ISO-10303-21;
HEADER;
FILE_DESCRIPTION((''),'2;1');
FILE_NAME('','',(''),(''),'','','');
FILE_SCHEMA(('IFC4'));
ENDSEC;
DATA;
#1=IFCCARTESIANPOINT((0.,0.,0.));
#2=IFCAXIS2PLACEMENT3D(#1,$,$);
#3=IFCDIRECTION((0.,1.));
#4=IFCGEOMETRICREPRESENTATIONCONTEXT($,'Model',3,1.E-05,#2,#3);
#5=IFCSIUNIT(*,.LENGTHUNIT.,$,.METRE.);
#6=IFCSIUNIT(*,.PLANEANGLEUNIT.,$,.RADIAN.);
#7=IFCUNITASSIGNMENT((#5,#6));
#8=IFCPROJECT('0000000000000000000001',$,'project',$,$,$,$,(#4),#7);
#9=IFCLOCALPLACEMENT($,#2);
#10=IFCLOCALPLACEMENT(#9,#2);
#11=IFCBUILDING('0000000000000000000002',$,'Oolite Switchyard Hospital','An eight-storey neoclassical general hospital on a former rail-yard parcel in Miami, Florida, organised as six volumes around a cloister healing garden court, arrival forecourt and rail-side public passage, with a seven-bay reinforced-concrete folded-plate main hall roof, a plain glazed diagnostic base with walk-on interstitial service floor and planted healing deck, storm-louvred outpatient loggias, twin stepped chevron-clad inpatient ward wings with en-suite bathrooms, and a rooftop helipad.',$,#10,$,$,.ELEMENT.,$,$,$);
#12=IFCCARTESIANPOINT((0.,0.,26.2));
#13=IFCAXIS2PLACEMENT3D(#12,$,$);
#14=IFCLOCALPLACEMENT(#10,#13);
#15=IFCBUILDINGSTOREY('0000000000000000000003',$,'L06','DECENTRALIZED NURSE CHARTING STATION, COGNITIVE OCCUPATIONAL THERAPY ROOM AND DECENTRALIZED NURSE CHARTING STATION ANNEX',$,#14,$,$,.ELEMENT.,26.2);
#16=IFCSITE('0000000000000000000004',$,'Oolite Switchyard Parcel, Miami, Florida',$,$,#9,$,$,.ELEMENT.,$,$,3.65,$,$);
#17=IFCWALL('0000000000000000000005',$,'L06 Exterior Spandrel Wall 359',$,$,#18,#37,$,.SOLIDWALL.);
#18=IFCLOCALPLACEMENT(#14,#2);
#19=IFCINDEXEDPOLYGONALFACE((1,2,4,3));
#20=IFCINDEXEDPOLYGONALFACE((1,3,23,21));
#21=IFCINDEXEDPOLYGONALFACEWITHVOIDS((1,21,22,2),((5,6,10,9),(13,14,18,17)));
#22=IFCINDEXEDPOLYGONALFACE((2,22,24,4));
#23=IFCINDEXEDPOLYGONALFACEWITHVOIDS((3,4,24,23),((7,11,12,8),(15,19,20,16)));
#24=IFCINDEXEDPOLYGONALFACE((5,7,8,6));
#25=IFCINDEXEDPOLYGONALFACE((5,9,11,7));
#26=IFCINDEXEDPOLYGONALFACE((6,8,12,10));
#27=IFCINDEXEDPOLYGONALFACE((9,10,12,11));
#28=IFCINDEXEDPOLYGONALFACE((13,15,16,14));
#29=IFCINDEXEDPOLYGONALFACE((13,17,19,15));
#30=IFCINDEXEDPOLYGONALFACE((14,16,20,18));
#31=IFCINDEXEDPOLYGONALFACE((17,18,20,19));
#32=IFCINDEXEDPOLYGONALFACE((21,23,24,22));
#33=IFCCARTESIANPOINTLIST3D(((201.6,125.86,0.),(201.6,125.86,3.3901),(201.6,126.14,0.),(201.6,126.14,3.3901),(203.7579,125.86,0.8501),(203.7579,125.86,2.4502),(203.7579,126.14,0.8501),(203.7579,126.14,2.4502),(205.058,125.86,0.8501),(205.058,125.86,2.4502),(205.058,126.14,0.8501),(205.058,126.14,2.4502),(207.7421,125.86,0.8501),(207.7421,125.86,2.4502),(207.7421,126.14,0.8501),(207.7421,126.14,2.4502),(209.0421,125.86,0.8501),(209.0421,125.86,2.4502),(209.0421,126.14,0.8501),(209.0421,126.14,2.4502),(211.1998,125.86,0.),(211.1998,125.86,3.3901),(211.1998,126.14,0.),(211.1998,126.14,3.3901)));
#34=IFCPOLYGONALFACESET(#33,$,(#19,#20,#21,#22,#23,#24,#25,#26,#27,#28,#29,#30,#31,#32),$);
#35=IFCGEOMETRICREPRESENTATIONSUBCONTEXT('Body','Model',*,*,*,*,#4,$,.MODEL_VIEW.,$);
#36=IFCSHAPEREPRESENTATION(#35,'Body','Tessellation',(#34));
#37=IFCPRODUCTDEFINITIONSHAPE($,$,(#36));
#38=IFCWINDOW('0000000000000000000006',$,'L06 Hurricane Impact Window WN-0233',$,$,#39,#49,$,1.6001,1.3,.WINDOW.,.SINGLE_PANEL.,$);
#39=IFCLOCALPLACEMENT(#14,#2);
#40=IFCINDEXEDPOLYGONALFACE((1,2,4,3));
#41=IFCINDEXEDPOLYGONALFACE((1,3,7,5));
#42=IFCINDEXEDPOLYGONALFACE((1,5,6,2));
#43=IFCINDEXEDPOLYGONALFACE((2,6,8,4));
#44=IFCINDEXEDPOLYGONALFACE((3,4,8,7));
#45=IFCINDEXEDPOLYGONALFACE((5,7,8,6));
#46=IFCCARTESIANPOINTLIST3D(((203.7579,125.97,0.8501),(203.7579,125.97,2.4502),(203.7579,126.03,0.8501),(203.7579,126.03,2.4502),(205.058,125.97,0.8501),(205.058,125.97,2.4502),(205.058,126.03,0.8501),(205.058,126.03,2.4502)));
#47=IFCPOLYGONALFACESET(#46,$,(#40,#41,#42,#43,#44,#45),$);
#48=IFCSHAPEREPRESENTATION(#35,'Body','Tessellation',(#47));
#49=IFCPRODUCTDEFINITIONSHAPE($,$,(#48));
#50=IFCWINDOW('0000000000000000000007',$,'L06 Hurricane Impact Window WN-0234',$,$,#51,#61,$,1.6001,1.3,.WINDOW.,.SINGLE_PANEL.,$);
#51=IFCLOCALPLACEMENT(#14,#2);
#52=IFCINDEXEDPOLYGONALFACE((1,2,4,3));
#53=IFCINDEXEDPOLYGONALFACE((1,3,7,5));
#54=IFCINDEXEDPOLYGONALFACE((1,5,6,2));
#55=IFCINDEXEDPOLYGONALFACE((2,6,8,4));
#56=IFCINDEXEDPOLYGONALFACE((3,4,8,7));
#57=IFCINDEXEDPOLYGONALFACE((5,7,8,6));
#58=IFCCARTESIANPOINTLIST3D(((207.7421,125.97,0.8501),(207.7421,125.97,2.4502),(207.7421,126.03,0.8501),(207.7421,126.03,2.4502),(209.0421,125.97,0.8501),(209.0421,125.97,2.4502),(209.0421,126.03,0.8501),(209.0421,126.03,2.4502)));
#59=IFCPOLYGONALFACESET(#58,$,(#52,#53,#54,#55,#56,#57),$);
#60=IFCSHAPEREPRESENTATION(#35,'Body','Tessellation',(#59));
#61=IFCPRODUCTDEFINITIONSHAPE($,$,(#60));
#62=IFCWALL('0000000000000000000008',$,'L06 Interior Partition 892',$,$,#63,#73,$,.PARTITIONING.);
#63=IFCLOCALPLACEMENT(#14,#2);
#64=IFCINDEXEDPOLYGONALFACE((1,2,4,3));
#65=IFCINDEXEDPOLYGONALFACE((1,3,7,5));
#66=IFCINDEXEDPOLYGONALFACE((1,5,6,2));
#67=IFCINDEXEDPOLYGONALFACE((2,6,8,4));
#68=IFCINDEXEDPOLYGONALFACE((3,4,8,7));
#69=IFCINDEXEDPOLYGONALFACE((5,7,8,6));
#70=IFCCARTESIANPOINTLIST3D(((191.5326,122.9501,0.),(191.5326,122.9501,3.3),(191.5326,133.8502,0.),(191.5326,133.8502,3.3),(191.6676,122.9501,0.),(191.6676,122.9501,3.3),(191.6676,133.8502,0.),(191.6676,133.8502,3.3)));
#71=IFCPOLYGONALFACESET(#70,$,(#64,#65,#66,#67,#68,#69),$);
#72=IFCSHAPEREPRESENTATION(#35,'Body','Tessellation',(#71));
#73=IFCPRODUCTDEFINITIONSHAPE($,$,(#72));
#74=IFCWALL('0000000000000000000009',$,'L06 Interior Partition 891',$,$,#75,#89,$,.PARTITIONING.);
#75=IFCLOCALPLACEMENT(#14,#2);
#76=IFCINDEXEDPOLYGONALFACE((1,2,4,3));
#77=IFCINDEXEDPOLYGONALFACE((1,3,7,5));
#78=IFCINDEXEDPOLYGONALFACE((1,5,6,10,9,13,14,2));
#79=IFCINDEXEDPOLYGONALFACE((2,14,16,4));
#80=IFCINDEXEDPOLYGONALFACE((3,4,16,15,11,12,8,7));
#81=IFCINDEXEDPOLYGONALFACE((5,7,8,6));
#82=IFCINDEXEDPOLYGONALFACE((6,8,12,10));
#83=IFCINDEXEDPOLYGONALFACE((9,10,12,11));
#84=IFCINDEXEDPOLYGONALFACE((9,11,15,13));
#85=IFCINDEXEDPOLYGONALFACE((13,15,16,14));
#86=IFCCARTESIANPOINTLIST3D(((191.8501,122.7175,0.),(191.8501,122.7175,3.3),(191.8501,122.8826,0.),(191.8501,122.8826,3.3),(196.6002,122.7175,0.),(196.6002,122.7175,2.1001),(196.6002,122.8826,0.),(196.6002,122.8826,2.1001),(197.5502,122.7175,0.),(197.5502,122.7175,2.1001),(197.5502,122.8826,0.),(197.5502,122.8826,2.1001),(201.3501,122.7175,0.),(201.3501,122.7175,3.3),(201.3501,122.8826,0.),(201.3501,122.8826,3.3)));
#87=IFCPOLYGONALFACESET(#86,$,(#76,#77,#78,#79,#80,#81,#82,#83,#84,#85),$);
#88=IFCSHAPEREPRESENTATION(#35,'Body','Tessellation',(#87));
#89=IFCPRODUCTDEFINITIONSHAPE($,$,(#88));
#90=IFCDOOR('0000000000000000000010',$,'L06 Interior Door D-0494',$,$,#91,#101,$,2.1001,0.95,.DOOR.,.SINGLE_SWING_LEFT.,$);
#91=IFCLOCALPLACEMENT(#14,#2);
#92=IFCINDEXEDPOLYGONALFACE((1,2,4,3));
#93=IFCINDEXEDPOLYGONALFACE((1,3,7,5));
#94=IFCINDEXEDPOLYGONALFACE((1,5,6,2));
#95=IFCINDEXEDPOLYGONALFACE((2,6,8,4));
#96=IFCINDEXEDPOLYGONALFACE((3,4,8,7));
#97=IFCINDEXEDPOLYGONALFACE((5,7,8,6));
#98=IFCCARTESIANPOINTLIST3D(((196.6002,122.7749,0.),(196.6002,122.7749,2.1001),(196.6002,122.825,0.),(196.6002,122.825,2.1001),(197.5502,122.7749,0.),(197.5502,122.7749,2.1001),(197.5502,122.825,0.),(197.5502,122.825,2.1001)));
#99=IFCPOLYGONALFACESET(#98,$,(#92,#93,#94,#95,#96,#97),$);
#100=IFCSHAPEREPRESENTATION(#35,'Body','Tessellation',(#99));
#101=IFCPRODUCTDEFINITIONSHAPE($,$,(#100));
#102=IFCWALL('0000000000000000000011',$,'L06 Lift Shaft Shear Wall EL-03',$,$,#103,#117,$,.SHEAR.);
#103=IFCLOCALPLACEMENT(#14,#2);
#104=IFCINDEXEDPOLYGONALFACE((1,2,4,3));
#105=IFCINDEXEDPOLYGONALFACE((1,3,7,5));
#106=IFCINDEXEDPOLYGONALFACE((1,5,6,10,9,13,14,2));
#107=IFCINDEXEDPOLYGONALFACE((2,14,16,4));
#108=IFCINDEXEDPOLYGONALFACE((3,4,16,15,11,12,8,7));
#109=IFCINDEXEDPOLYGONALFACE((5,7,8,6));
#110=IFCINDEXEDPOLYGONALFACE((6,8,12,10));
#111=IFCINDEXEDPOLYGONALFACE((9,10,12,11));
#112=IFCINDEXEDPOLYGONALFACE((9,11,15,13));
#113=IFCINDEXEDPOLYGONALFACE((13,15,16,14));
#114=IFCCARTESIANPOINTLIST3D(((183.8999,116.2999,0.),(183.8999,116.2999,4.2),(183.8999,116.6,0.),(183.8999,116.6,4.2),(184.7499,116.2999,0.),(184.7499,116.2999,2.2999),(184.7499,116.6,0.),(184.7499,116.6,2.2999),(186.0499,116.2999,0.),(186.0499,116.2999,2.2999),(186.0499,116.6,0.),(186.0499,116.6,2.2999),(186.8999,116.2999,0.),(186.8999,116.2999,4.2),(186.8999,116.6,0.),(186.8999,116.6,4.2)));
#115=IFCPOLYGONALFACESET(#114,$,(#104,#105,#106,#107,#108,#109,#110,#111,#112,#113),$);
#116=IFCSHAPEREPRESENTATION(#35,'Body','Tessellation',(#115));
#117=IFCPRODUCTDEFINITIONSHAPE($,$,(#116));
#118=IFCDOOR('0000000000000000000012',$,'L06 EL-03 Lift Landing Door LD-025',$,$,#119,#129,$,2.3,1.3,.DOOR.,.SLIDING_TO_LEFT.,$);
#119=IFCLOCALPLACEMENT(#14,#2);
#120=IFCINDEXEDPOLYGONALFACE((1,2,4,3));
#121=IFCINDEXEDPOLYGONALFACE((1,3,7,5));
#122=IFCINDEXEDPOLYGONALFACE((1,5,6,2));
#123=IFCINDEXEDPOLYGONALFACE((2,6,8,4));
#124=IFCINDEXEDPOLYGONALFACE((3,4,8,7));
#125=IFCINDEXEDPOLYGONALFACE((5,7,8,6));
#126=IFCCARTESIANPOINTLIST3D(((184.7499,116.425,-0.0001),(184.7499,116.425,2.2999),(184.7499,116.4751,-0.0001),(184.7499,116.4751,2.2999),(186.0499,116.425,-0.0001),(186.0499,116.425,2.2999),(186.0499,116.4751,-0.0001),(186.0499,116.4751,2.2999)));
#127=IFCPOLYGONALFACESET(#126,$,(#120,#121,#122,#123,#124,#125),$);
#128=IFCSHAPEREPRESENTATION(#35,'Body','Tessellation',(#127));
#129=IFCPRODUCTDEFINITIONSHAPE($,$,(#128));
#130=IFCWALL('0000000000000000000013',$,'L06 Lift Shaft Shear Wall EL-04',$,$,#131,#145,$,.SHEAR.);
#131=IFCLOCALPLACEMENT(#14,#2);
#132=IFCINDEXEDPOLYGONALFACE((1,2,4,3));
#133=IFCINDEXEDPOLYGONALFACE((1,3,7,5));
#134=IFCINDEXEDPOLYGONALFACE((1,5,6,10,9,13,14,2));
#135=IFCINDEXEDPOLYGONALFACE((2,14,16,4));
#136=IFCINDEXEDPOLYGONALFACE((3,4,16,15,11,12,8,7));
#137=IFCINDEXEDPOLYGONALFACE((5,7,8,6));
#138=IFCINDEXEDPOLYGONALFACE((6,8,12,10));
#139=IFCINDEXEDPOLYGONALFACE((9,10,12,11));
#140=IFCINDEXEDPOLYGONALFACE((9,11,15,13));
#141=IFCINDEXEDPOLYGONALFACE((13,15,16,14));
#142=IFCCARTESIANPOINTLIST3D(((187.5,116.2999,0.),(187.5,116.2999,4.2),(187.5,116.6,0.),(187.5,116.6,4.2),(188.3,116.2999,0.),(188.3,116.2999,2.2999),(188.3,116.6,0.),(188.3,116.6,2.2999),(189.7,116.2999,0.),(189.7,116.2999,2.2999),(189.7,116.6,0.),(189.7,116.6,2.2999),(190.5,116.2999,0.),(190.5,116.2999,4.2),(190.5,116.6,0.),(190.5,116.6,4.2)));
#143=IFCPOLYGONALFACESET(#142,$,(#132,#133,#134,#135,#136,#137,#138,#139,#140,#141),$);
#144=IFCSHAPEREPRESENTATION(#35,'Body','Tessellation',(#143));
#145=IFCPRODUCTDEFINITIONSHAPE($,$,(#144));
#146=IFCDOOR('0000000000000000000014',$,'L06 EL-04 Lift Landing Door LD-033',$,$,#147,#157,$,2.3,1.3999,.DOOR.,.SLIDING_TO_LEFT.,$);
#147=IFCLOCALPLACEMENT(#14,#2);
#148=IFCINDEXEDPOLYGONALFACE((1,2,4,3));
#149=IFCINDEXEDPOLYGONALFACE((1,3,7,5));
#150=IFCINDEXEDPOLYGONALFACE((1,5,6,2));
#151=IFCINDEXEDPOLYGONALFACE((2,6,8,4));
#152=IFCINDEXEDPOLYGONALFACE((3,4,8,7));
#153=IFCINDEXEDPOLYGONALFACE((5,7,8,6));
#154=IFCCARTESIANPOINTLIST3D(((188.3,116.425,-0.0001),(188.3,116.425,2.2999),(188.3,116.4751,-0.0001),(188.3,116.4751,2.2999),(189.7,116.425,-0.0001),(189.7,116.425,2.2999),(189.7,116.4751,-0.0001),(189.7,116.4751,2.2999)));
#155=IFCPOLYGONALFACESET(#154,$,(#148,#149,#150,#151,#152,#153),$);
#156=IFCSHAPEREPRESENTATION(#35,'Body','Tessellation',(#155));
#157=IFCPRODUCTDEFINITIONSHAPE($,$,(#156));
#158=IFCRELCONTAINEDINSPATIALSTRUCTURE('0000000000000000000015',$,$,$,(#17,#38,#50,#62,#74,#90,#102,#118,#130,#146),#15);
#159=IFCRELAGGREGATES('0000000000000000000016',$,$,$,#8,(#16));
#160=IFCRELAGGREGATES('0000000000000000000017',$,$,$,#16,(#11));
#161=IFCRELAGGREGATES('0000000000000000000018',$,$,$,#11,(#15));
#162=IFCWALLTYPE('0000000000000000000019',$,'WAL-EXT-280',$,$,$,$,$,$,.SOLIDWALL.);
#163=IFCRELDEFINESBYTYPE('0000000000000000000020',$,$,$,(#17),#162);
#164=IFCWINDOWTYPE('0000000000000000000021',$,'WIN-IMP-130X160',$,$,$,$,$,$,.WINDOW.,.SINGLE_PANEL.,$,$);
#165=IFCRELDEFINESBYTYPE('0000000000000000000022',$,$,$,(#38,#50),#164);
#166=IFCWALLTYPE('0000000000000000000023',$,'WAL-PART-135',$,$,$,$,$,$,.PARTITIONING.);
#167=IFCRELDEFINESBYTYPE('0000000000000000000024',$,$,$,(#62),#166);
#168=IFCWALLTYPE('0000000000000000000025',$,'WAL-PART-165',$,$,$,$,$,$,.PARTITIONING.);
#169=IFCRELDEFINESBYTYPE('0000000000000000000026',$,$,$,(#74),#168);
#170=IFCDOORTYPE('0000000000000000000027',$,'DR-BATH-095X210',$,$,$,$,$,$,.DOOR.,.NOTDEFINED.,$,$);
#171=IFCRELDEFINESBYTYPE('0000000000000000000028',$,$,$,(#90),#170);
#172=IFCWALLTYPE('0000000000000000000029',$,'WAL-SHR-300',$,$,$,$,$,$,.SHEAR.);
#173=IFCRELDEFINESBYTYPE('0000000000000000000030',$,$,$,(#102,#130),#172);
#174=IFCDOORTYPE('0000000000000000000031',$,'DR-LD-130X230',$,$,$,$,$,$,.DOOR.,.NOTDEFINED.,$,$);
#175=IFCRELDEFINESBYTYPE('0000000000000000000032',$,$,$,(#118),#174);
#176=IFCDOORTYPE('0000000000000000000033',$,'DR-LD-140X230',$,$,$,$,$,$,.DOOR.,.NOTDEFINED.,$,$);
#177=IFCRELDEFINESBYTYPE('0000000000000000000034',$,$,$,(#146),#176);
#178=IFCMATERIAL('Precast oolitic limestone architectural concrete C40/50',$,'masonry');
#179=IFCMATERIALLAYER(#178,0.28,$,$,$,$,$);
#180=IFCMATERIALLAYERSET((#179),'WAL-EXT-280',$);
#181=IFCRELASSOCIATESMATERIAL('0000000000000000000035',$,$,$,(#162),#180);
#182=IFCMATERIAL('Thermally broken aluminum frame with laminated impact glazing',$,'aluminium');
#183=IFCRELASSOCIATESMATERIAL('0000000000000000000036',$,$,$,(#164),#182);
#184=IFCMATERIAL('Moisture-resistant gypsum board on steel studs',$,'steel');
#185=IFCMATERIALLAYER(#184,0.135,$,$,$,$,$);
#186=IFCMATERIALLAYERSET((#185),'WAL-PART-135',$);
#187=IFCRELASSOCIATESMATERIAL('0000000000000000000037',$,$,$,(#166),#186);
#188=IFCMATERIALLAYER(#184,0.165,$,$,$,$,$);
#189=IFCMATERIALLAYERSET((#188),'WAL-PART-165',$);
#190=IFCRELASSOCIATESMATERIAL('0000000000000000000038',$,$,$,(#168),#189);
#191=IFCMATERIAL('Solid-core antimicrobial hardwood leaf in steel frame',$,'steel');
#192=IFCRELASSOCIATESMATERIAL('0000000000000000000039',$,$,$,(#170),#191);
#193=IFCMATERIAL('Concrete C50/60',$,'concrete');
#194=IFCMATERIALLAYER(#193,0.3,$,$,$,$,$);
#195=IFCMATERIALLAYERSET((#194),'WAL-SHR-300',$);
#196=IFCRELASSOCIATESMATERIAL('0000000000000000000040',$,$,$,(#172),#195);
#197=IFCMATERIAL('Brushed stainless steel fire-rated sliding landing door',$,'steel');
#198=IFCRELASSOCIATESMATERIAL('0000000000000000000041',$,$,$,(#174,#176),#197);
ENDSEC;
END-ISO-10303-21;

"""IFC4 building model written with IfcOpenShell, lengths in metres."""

from ifc_helpers import new_model, si_unit, direction, frame, frame_2d, origin, place, context, subcontext, project, spatial, rectangle, extrude, material, layer, layer_set, type_object, element, fill, save


model = new_model("IFC4")

# Units and contexts
model_context = context("Model", 3, precision=1e-05, world=origin(), true_north=direction((0.0, 1.0)))
body_context = subcontext(model_context, "Body", "Model", "MODEL_VIEW")
ifc_project = project(units=[si_unit("LENGTHUNIT", "METRE"), si_unit("PLANEANGLEUNIT", "RADIAN")], contexts=[model_context])

# Site, building, storey
site_placement = place(None, origin())
site = spatial("IfcSite", under=ifc_project, at=site_placement, Name="Oolite Switchyard Parcel, Miami, Florida", CompositionType="ELEMENT", RefElevation=3.65)
building_placement = place(site_placement, origin())
building = spatial("IfcBuilding", under=site, at=building_placement, Name="Oolite Switchyard Hospital", Description="An eight-storey neoclassical general hospital on a former rail-yard parcel in Miami, Florida, organised as six volumes around a cloister healing garden court, arrival forecourt and rail-side public passage, with a seven-bay reinforced-concrete folded-plate main hall roof, a plain glazed diagnostic base with walk-on interstitial service floor and planted healing deck, storm-louvred outpatient loggias, twin stepped chevron-clad inpatient ward wings with en-suite bathrooms, and a rooftop helipad.", CompositionType="ELEMENT")
storey_placement = place(building_placement, frame((0.0, 0.0, 26.2)))
storey = spatial("IfcBuildingStorey", under=building, at=storey_placement, Name="L06", Description="DECENTRALIZED NURSE CHARTING STATION, COGNITIVE OCCUPATIONAL THERAPY ROOM AND DECENTRALIZED NURSE CHARTING STATION ANNEX", CompositionType="ELEMENT", Elevation=26.2)

# Shared definitions
ifc_material_1 = material(Name="Concrete C50/60", Category="concrete")

# Wall, openings, windows
ifc_material_2 = material(Name="Precast oolitic limestone architectural concrete C40/50", Category="masonry")
ifc_layer_1 = layer(ifc_material_2, 0.28)
ifc_layer_set_1 = layer_set([ifc_layer_1], Name="WAL-EXT-280")
wall_type_1 = type_object("IfcWallType", Name="WAL-EXT-280", PredefinedType="SOLIDWALL", material=ifc_layer_set_1)
wall_1_placement = place(storey_placement, frame((201.6001, 126.0, 0.0), z_axis=(0.0, 0.0, 1.0), x_axis=(1.0, 0.0, 0.0)))
wall_1 = element("IfcWall", 1, at=wall_1_placement, inside=storey, type_object=wall_type_1, Name="L06 Exterior Spandrel Wall 359", PredefinedType="SOLIDWALL", context=body_context, shape_type="SweptSolid", body=[
    extrude(rectangle(XDim=9.5999, YDim=0.28, at=frame_2d((4.7998, 0.0))), origin(), (0.0, 0.0, 1.0), 3.3901),
])
opening_1_placement = place(wall_1_placement, frame((2.158, 0.0, 0.8501)))
opening_1 = element("IfcOpeningElement", 2, at=opening_1_placement, cuts=wall_1, PredefinedType="OPENING", context=body_context, shape_type="SweptSolid", body=[
    extrude(rectangle(XDim=1.3, YDim=1.6001, at=frame_2d((0.6499, 0.8))), frame((0.0, 0.1499, 0.0), z_axis=(0.0, -1.0, 0.0), x_axis=(1.0, 0.0, 0.0)), (0.0, 0.0, 1.0), 0.3),
])
opening_2_placement = place(wall_1_placement, frame((6.1421, 0.0, 0.8501)))
opening_2 = element("IfcOpeningElement", 3, at=opening_2_placement, cuts=wall_1, PredefinedType="OPENING", context=body_context, shape_type="SweptSolid", body=[
    extrude(rectangle(XDim=1.3, YDim=1.6001, at=frame_2d((0.6499, 0.8))), frame((0.0, 0.1499, 0.0), z_axis=(0.0, -1.0, 0.0), x_axis=(1.0, 0.0, 0.0)), (0.0, 0.0, 1.0), 0.3),
])
ifc_material_3 = material(Name="Thermally broken aluminum frame with laminated impact glazing", Category="aluminium")
window_type = type_object("IfcWindowType", Name="WIN-IMP-130X160", PartitioningType="SINGLE_PANEL", PredefinedType="WINDOW", material=ifc_material_3)
window_1_placement = place(opening_1_placement, origin())
window_1 = element("IfcWindow", 4, at=window_1_placement, inside=storey, type_object=window_type, Name="L06 Hurricane Impact Window WN-0233", OverallHeight=1.6001, OverallWidth=1.3, PartitioningType="SINGLE_PANEL", PredefinedType="WINDOW", context=body_context, shape_type="SweptSolid", body=[
    extrude(rectangle(XDim=1.3, YDim=1.6001, at=frame_2d((0.6499, 0.8))), frame((0.0, 0.03, 0.0), z_axis=(0.0, -1.0, 0.0), x_axis=(1.0, 0.0, 0.0)), (0.0, 0.0, 1.0), 0.0601),
])
fill(opening_1, window_1)
window_2_placement = place(opening_2_placement, origin())
window_2 = element("IfcWindow", 5, at=window_2_placement, inside=storey, type_object=window_type, Name="L06 Hurricane Impact Window WN-0234", OverallHeight=1.6001, OverallWidth=1.3, PartitioningType="SINGLE_PANEL", PredefinedType="WINDOW", context=body_context, shape_type="SweptSolid", body=[
    extrude(rectangle(XDim=1.3, YDim=1.6001, at=frame_2d((0.6499, 0.8))), frame((0.0, 0.03, 0.0), z_axis=(0.0, -1.0, 0.0), x_axis=(1.0, 0.0, 0.0)), (0.0, 0.0, 1.0), 0.0601),
])
fill(opening_2, window_2)

# Wall
ifc_material_4 = material(Name="Moisture-resistant gypsum board on steel studs", Category="steel")
ifc_layer_2 = layer(ifc_material_4, 0.135)
ifc_layer_set_2 = layer_set([ifc_layer_2], Name="WAL-PART-135")
wall_type_2 = type_object("IfcWallType", Name="WAL-PART-135", PredefinedType="PARTITIONING", material=ifc_layer_set_2)
wall_2_placement = place(storey_placement, frame((191.6001, 122.95, 0.0), z_axis=(0.0, 0.0, 1.0), x_axis=(0.0, 1.0, 0.0)))
element("IfcWall", 6, at=wall_2_placement, inside=storey, type_object=wall_type_2, Name="L06 Interior Partition 892", PredefinedType="PARTITIONING", context=body_context, shape_type="SweptSolid", body=[
    extrude(rectangle(XDim=10.9001, YDim=0.135, at=frame_2d((5.4502, 0.0))), origin(), (0.0, 0.0, 1.0), 3.3),
])

# Walls, openings, doors
ifc_layer_3 = layer(ifc_material_4, 0.165)
ifc_layer_set_3 = layer_set([ifc_layer_3], Name="WAL-PART-165")
wall_type_3 = type_object("IfcWallType", Name="WAL-PART-165", PredefinedType="PARTITIONING", material=ifc_layer_set_3)
wall_3_placement = place(storey_placement, frame((191.8501, 122.8, 0.0), z_axis=(0.0, 0.0, 1.0), x_axis=(1.0, 0.0, 0.0)))
wall_3 = element("IfcWall", 7, at=wall_3_placement, inside=storey, type_object=wall_type_3, Name="L06 Interior Partition 891", PredefinedType="PARTITIONING", context=body_context, shape_type="SweptSolid", body=[
    extrude(rectangle(XDim=9.5, YDim=0.165, at=frame_2d((4.75, 0.0))), origin(), (0.0, 0.0, 1.0), 3.3),
])
opening_3_placement = place(wall_3_placement, frame((4.75, 0.0, 0.0)))
opening_3 = element("IfcOpeningElement", 8, at=opening_3_placement, cuts=wall_3, PredefinedType="OPENING", context=body_context, shape_type="SweptSolid", body=[
    extrude(rectangle(XDim=0.95, YDim=2.1001, at=frame_2d((0.4751, 1.05))), frame((0.0, 0.0925, 0.0), z_axis=(0.0, -1.0, 0.0), x_axis=(1.0, 0.0, 0.0)), (0.0, 0.0, 1.0), 0.1851),
])
ifc_material_5 = material(Name="Solid-core antimicrobial hardwood leaf in steel frame", Category="steel")
door_type_1 = type_object("IfcDoorType", Name="DR-BATH-095X210", OperationType="NOTDEFINED", PredefinedType="DOOR", material=ifc_material_5)
door_1_placement = place(opening_3_placement, origin())
door_1 = element("IfcDoor", 9, at=door_1_placement, inside=storey, type_object=door_type_1, Name="L06 Interior Door D-0494", OperationType="SINGLE_SWING_LEFT", OverallHeight=2.1001, OverallWidth=0.95, PredefinedType="DOOR", context=body_context, shape_type="SweptSolid", body=[
    extrude(rectangle(XDim=0.95, YDim=2.1001, at=frame_2d((0.4751, 1.05))), frame((0.0, 0.0249, 0.0), z_axis=(0.0, -1.0, 0.0), x_axis=(1.0, 0.0, 0.0)), (0.0, 0.0, 1.0), 0.05),
])
fill(opening_3, door_1)
ifc_layer_4 = layer(ifc_material_1, 0.3)
ifc_layer_set_4 = layer_set([ifc_layer_4], Name="WAL-SHR-300")
wall_type_4 = type_object("IfcWallType", Name="WAL-SHR-300", PredefinedType="SHEAR", material=ifc_layer_set_4)
wall_4_placement = place(storey_placement, frame((186.8999, 116.45, 0.0), z_axis=(0.0, 0.0, 1.0), x_axis=(-1.0, 0.0, 0.0)))
wall_4 = element("IfcWall", 10, at=wall_4_placement, inside=storey, type_object=wall_type_4, Name="L06 Lift Shaft Shear Wall EL-03", PredefinedType="SHEAR", context=body_context, shape_type="SweptSolid", body=[
    extrude(rectangle(XDim=3.0, YDim=0.3, at=frame_2d((1.5, 0.0))), origin(), (0.0, 0.0, 1.0), 4.2),
])
opening_4_placement = place(wall_4_placement, frame((0.8501, 0.0, 0.0)))
opening_4 = element("IfcOpeningElement", 11, at=opening_4_placement, cuts=wall_4, PredefinedType="OPENING", context=body_context, shape_type="SweptSolid", body=[
    extrude(rectangle(XDim=1.3, YDim=2.3, at=frame_2d((0.6499, 1.1499))), frame((0.0, 0.1602, 0.0), z_axis=(0.0, -1.0, 0.0), x_axis=(1.0, 0.0, 0.0)), (0.0, 0.0, 1.0), 0.3201),
])
ifc_material_6 = material(Name="Brushed stainless steel fire-rated sliding landing door", Category="steel")
door_type_2 = type_object("IfcDoorType", Name="DR-LD-130X230", OperationType="NOTDEFINED", PredefinedType="DOOR", material=ifc_material_6)
door_2_placement = place(opening_4_placement, origin())
door_2 = element("IfcDoor", 12, at=door_2_placement, inside=storey, type_object=door_type_2, Name="L06 EL-03 Lift Landing Door LD-025", OperationType="SLIDING_TO_LEFT", OverallHeight=2.3, OverallWidth=1.3, PredefinedType="DOOR", context=body_context, shape_type="SweptSolid", body=[
    extrude(rectangle(XDim=1.3, YDim=2.3, at=frame_2d((0.6499, 1.1499))), frame((0.0, 0.0249, 0.0), z_axis=(0.0, -1.0, 0.0), x_axis=(1.0, 0.0, 0.0)), (0.0, 0.0, 1.0), 0.05),
])
fill(opening_4, door_2)
wall_5_placement = place(storey_placement, frame((190.5, 116.45, 0.0), z_axis=(0.0, 0.0, 1.0), x_axis=(-1.0, 0.0, 0.0)))
wall_5 = element("IfcWall", 13, at=wall_5_placement, inside=storey, type_object=wall_type_4, Name="L06 Lift Shaft Shear Wall EL-04", PredefinedType="SHEAR", context=body_context, shape_type="SweptSolid", body=[
    extrude(rectangle(XDim=3.0, YDim=0.3, at=frame_2d((1.5, 0.0))), origin(), (0.0, 0.0, 1.0), 4.2),
])
opening_5_placement = place(wall_5_placement, frame((0.8, 0.0, 0.0)))
opening_5 = element("IfcOpeningElement", 14, at=opening_5_placement, cuts=wall_5, PredefinedType="OPENING", context=body_context, shape_type="SweptSolid", body=[
    extrude(rectangle(XDim=1.3999, YDim=2.3, at=frame_2d((0.7, 1.1499))), frame((0.0, 0.1602, 0.0), z_axis=(0.0, -1.0, 0.0), x_axis=(1.0, 0.0, 0.0)), (0.0, 0.0, 1.0), 0.3201),
])
door_type_3 = type_object("IfcDoorType", Name="DR-LD-140X230", OperationType="NOTDEFINED", PredefinedType="DOOR", material=ifc_material_6)
door_3_placement = place(opening_5_placement, origin())
door_3 = element("IfcDoor", 15, at=door_3_placement, inside=storey, type_object=door_type_3, Name="L06 EL-04 Lift Landing Door LD-033", OperationType="SLIDING_TO_LEFT", OverallHeight=2.3, OverallWidth=1.3999, PredefinedType="DOOR", context=body_context, shape_type="SweptSolid", body=[
    extrude(rectangle(XDim=1.3999, YDim=2.3, at=frame_2d((0.7, 1.1499))), frame((0.0, 0.0249, 0.0), z_axis=(0.0, -1.0, 0.0), x_axis=(1.0, 0.0, 0.0)), (0.0, 0.0, 1.0), 0.05),
])
fill(opening_5, door_3)

save(model, "model.ifc")
